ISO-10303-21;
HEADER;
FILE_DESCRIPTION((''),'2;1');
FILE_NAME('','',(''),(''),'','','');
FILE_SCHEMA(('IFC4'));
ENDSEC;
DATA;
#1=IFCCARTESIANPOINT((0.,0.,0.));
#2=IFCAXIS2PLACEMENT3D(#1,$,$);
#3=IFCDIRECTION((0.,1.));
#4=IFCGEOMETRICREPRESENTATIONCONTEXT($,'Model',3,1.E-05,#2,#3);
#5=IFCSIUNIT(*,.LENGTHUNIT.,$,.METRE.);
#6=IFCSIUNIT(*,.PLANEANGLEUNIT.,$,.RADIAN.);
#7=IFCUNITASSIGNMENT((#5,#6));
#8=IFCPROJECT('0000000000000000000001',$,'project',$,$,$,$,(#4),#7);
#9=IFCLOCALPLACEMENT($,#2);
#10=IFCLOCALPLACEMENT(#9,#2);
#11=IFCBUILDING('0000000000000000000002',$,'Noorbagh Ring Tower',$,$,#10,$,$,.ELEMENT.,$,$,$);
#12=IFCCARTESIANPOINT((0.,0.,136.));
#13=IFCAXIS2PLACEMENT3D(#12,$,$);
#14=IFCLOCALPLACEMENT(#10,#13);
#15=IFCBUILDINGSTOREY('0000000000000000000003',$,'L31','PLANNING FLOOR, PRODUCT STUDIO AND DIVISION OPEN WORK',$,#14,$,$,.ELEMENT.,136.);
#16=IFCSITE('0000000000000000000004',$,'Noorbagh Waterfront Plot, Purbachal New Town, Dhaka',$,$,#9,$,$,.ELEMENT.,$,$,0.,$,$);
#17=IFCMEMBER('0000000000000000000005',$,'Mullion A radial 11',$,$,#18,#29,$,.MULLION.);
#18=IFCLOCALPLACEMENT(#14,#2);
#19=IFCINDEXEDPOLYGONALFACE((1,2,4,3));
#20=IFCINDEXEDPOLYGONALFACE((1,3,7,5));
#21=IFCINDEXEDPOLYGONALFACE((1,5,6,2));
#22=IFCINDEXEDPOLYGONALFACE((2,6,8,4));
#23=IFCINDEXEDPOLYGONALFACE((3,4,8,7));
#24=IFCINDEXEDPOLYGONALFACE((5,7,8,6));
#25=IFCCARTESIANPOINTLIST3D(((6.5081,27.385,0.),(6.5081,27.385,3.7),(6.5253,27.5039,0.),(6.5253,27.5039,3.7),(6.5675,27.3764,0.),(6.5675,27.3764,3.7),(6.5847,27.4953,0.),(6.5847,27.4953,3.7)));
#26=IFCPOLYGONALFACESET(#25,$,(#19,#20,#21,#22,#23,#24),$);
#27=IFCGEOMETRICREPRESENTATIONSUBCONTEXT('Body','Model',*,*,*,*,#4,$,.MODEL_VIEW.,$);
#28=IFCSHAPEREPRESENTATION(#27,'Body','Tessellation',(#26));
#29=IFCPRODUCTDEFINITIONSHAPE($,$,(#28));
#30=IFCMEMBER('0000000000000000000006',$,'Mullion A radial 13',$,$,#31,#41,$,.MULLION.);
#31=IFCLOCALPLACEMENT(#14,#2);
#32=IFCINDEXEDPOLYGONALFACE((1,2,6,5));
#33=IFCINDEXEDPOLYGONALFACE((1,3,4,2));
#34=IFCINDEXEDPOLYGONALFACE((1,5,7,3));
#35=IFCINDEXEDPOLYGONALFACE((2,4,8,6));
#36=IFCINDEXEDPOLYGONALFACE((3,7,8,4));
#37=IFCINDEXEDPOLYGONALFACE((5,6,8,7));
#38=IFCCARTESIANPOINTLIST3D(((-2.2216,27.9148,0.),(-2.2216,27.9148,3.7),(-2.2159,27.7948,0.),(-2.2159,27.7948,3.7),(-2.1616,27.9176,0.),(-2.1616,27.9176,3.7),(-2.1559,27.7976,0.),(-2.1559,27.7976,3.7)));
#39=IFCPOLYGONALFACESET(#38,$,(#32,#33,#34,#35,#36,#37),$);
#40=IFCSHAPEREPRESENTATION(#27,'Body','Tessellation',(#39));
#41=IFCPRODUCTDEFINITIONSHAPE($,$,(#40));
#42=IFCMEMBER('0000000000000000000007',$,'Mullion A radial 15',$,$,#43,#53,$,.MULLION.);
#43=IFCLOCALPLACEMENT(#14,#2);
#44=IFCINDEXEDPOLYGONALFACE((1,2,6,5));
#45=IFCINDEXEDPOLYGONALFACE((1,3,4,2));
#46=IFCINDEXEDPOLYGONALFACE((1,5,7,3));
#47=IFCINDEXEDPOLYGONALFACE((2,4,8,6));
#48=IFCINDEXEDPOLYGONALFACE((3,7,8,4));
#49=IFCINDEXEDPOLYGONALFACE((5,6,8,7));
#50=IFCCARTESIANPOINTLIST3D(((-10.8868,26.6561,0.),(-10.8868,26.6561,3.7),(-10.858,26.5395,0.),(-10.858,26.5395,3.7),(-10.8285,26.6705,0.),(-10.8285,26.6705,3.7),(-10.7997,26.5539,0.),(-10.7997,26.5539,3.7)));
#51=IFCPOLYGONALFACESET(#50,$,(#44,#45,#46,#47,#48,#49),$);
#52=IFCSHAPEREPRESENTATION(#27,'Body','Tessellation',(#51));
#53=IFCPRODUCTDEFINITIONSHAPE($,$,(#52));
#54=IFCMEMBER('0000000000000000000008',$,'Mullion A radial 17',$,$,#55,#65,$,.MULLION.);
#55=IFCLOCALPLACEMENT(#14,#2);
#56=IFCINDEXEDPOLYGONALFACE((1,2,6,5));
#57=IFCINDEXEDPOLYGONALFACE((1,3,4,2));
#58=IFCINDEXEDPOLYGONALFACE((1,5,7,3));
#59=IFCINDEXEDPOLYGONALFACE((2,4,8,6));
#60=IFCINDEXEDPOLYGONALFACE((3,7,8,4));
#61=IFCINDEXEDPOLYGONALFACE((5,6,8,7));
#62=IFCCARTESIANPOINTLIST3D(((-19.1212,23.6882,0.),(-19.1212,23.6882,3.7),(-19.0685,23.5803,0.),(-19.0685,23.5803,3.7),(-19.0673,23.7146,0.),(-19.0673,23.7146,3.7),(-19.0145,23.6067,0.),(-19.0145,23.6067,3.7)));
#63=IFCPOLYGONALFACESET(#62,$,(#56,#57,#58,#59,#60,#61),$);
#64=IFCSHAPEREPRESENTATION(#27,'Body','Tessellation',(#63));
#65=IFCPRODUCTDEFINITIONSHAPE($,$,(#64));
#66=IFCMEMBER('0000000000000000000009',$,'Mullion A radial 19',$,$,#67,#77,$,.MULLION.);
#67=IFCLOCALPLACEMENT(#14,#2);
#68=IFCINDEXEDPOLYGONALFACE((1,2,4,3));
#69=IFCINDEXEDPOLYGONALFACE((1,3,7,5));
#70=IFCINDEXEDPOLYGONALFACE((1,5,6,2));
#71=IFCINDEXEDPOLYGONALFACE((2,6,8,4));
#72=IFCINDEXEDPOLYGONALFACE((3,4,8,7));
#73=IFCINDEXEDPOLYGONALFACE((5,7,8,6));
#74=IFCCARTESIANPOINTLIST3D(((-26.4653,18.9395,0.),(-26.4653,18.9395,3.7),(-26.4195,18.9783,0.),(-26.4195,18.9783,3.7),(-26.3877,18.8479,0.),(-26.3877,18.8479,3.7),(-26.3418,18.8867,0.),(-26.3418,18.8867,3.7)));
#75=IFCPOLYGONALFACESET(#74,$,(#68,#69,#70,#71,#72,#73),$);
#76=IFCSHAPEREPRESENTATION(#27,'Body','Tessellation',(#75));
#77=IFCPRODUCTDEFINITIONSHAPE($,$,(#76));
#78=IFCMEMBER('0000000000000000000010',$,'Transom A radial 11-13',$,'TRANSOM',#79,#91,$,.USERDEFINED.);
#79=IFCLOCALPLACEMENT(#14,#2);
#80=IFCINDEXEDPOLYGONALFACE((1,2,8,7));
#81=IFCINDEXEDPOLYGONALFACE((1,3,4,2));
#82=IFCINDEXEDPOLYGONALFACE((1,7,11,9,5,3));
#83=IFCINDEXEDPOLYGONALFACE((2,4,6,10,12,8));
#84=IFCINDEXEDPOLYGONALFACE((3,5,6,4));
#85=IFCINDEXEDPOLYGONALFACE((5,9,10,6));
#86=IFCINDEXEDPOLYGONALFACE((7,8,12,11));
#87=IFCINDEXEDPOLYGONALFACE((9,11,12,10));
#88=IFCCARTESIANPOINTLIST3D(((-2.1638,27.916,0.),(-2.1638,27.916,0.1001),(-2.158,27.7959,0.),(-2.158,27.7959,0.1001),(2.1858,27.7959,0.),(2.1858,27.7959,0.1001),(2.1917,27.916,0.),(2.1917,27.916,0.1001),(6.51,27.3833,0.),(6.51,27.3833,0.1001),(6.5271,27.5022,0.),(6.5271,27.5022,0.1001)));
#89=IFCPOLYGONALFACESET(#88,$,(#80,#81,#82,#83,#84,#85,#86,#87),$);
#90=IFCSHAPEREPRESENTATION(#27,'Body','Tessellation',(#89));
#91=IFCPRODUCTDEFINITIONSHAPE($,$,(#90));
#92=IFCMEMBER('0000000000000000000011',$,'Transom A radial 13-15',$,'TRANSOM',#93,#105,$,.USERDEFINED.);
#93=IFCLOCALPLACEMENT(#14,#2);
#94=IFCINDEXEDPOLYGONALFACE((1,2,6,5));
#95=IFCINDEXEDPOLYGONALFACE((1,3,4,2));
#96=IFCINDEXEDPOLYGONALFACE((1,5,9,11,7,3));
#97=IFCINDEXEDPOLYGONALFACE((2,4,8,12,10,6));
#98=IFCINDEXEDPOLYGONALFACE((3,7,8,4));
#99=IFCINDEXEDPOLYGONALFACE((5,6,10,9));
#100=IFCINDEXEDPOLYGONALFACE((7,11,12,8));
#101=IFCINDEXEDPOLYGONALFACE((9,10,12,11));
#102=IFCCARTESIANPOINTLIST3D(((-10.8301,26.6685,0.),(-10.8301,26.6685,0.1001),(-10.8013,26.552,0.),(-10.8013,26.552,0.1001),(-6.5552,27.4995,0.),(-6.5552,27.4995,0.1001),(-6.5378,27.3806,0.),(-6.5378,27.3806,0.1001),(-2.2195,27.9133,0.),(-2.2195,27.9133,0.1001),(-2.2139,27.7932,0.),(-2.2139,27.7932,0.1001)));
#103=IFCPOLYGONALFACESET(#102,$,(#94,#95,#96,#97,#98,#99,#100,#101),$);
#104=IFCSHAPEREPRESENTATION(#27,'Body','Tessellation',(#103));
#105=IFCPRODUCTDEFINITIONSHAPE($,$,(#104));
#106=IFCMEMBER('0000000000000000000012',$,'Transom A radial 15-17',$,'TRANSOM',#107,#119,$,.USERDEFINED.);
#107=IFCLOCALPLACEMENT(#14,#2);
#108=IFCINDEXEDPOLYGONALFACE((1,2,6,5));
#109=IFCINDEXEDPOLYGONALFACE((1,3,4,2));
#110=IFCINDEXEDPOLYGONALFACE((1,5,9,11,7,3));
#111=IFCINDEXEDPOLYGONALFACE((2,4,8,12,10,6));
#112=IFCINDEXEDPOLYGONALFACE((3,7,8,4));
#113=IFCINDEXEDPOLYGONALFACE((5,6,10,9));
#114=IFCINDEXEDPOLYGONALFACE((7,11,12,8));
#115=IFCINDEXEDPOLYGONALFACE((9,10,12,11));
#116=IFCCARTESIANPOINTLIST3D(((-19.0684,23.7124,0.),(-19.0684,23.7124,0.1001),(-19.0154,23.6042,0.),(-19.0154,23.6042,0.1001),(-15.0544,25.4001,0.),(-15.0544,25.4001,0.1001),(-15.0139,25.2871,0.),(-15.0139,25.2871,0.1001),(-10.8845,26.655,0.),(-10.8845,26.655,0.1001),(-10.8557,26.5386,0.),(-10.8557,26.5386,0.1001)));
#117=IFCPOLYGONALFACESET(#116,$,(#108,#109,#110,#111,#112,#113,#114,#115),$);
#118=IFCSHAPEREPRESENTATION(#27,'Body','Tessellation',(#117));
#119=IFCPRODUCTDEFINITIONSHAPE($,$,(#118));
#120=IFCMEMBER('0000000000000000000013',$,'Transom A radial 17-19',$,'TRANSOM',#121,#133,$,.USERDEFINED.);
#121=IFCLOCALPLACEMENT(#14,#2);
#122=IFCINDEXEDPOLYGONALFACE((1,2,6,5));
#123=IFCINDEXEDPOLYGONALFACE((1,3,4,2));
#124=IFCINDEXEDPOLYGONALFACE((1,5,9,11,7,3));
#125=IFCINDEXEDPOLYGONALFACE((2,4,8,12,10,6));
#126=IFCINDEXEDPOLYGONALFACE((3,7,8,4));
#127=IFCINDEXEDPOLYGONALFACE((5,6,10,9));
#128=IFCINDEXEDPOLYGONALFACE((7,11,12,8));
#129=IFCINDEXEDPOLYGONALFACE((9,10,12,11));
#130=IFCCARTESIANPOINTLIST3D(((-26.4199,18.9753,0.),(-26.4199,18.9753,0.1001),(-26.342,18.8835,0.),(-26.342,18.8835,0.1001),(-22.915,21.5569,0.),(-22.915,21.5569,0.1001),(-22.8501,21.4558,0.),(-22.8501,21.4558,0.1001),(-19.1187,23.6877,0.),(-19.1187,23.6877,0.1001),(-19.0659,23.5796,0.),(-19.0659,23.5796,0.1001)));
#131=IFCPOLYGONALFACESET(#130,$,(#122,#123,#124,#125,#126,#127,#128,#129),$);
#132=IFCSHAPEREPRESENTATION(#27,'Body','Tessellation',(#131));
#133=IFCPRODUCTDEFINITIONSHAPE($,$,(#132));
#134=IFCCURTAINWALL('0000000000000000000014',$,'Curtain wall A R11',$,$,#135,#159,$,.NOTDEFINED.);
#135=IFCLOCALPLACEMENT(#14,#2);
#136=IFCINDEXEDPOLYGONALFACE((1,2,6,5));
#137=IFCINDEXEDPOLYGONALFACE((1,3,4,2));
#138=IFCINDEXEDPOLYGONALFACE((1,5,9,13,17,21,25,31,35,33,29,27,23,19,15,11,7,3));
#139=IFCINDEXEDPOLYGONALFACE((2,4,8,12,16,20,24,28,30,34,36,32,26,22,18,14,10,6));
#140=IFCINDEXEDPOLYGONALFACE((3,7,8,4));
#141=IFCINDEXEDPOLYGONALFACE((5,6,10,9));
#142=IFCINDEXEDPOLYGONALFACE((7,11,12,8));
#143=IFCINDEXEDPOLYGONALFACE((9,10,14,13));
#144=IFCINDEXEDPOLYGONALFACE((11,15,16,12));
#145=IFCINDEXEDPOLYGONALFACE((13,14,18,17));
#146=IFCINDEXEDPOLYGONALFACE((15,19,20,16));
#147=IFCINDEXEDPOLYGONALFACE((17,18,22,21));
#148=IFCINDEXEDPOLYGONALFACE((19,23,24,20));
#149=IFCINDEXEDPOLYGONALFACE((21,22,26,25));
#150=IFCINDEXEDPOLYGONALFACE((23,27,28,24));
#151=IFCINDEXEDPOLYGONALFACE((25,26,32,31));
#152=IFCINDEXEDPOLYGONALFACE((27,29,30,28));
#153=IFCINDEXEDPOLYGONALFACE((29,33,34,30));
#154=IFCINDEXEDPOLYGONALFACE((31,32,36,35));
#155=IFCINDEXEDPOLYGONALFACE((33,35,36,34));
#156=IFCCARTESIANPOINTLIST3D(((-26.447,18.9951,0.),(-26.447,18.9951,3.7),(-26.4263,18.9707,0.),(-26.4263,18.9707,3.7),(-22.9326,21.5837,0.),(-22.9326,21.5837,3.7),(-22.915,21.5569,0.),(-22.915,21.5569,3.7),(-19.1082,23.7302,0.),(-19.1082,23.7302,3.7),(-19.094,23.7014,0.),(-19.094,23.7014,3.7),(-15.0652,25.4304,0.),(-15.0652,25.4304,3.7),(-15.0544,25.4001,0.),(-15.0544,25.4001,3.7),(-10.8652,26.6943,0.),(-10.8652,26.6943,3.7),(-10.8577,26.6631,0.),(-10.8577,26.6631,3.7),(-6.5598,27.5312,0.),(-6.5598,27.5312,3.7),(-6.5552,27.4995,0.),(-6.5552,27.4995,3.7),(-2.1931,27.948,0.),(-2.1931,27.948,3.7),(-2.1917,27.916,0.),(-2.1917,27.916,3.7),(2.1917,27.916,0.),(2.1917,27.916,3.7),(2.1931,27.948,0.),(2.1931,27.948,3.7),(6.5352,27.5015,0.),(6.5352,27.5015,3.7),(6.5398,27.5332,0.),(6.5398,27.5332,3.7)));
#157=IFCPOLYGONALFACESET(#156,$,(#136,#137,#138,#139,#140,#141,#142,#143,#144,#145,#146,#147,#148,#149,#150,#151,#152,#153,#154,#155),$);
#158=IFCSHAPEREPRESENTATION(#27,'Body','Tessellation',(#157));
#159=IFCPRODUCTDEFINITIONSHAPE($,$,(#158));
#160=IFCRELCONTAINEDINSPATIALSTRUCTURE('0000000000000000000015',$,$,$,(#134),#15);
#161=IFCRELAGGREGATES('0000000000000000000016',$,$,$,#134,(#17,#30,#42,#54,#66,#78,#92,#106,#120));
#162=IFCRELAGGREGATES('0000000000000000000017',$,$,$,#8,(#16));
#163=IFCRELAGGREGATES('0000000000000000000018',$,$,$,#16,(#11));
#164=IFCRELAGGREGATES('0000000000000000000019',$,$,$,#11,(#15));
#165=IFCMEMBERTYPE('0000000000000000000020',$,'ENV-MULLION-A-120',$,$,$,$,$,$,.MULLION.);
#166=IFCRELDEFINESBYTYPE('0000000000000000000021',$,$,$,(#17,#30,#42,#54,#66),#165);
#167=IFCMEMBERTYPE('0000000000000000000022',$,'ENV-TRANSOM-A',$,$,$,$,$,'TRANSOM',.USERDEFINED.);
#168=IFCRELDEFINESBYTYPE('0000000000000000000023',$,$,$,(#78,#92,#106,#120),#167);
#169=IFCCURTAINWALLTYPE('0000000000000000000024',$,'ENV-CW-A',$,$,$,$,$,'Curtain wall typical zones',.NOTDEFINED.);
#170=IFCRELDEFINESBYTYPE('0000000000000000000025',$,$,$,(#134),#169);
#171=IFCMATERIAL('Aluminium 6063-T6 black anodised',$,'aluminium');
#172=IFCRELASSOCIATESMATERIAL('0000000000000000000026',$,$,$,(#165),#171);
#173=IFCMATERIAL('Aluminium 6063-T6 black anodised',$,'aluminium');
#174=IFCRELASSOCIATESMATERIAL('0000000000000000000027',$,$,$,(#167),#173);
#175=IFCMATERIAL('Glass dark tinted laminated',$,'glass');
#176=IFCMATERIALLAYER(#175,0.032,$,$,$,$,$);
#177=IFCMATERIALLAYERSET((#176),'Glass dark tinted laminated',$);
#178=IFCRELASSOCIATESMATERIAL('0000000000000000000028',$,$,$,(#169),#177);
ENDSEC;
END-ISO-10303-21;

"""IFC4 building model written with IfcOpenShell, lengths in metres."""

from ifc_helpers import new_model, si_unit, direction, frame, origin, origin_2d, place, context, subcontext, project, spatial, polyline, rectangle, outline, extrude, material, layer, layer_set, material_profile, profile_set, type_object, element, aggregate, save


model = new_model("IFC4")

# Units and contexts
model_context = context("Model", 3, precision=1e-05, world=origin(), true_north=direction((0.0, 1.0)))
body_context = subcontext(model_context, "Body", "Model", "MODEL_VIEW")
ifc_project = project(units=[si_unit("LENGTHUNIT", "METRE"), si_unit("PLANEANGLEUNIT", "RADIAN")], contexts=[model_context])

# Members
ifc_material_1 = material(Name="Aluminium 6063-T6 black anodised", Category="aluminium")
ifc_material_profile = material_profile(ifc_material_1, rectangle(XDim=0.1201, YDim=0.0601, at=origin_2d()), Name="120x60")
ifc_profile_set = profile_set([ifc_material_profile], Name="Aluminium 6063-T6 black anodised")
member_type_1 = type_object("IfcMemberType", Name="ENV-MULLION-A-120", PredefinedType="MULLION", material=ifc_profile_set)
site_placement = place(None, origin())
building_placement = place(site_placement, origin())
storey_placement = place(building_placement, frame((0.0, 0.0, 136.0)))
member_1_placement = place(storey_placement, frame((6.5464, 27.4402, 0.0), z_axis=(0.0, 0.0, 1.0), x_axis=(-0.143082, -0.989711, 0.0)))
member_1 = element("IfcMember", 1, at=member_1_placement, type_object=member_type_1, Name="Mullion A radial 11", PredefinedType="MULLION", context=body_context, shape_type="SweptSolid", body=[
    extrude(rectangle(XDim=0.1201, YDim=0.0601, at=origin_2d()), origin(), (0.0, 0.0, 1.0), 3.7),
])
member_2_placement = place(storey_placement, frame((-2.1887, 27.8562, 0.0), z_axis=(0.0, 0.0, 1.0), x_axis=(0.047558, -0.998868, 0.0)))
member_2 = element("IfcMember", 2, at=member_2_placement, type_object=member_type_1, Name="Mullion A radial 13", PredefinedType="MULLION", context=body_context, shape_type="SweptSolid", body=[
    extrude(rectangle(XDim=0.1201, YDim=0.0601, at=origin_2d()), origin(), (0.0, 0.0, 1.0), 3.7),
])
member_3_placement = place(storey_placement, frame((-10.8433, 26.605, 0.0), z_axis=(0.0, 0.0, 1.0), x_axis=(0.239799, -0.970823, 0.0)))
member_3 = element("IfcMember", 3, at=member_3_placement, type_object=member_type_1, Name="Mullion A radial 15", PredefinedType="MULLION", context=body_context, shape_type="SweptSolid", body=[
    extrude(rectangle(XDim=0.1201, YDim=0.0601, at=origin_2d()), origin(), (0.0, 0.0, 1.0), 3.7),
])
member_4_placement = place(storey_placement, frame((-19.0679, 23.6475, 0.0), z_axis=(0.0, 0.0, 1.0), x_axis=(0.439238, -0.898371, 0.0)))
member_4 = element("IfcMember", 4, at=member_4_placement, type_object=member_type_1, Name="Mullion A radial 17", PredefinedType="MULLION", context=body_context, shape_type="SweptSolid", body=[
    extrude(rectangle(XDim=0.1201, YDim=0.0601, at=origin_2d()), origin(), (0.0, 0.0, 1.0), 3.7),
])
member_5_placement = place(storey_placement, frame((-26.4036, 18.9131, 0.0), z_axis=(0.0, 0.0, 1.0), x_axis=(0.646451, -0.762955, 0.0)))
member_5 = element("IfcMember", 5, at=member_5_placement, type_object=member_type_1, Name="Mullion A radial 19", PredefinedType="MULLION", context=body_context, shape_type="SweptSolid", body=[
    extrude(rectangle(XDim=0.1201, YDim=0.0601, at=origin_2d()), origin(), (0.0, 0.0, 1.0), 3.7),
])
ifc_material_2 = material(Name="Aluminium 6063-T6 black anodised", Category="aluminium")
member_type_2 = type_object("IfcMemberType", Name="ENV-TRANSOM-A", ElementType="TRANSOM", PredefinedType="USERDEFINED", material=ifc_material_2)
member_6_placement = place(storey_placement, origin())
member_6 = element("IfcMember", 6, at=member_6_placement, type_object=member_type_2, Name="Transom A radial 11-13", ObjectType="TRANSOM", PredefinedType="USERDEFINED", context=body_context, shape_type="SweptSolid", body=[
    extrude(outline(polyline([(6.5271, 27.5022), (2.1917, 27.916), (-2.1638, 27.916), (-2.158, 27.7959), (2.1858, 27.7959), (6.51, 27.3833), (6.5271, 27.5022)])), origin(), (0.0, 0.0, 1.0), 0.1001),
])
member_7_placement = place(storey_placement, origin())
member_7 = element("IfcMember", 7, at=member_7_placement, type_object=member_type_2, Name="Transom A radial 13-15", ObjectType="TRANSOM", PredefinedType="USERDEFINED", context=body_context, shape_type="SweptSolid", body=[
    extrude(outline(polyline([(-2.2195, 27.9133), (-6.5552, 27.4995), (-10.8301, 26.6685), (-10.8013, 26.552), (-6.5378, 27.3806), (-2.2139, 27.7932), (-2.2195, 27.9133)])), origin(), (0.0, 0.0, 1.0), 0.1001),
])
member_8_placement = place(storey_placement, origin())
member_8 = element("IfcMember", 8, at=member_8_placement, type_object=member_type_2, Name="Transom A radial 15-17", ObjectType="TRANSOM", PredefinedType="USERDEFINED", context=body_context, shape_type="SweptSolid", body=[
    extrude(outline(polyline([(-10.8845, 26.655), (-15.0544, 25.4001), (-19.0684, 23.7124), (-19.0154, 23.6042), (-15.0139, 25.2871), (-10.8557, 26.5386), (-10.8845, 26.655)])), origin(), (0.0, 0.0, 1.0), 0.1001),
])
member_9_placement = place(storey_placement, origin())
member_9 = element("IfcMember", 9, at=member_9_placement, type_object=member_type_2, Name="Transom A radial 17-19", ObjectType="TRANSOM", PredefinedType="USERDEFINED", context=body_context, shape_type="SweptSolid", body=[
    extrude(outline(polyline([(-19.1187, 23.6877), (-22.915, 21.5569), (-26.4199, 18.9753), (-26.342, 18.8835), (-22.8501, 21.4558), (-19.0659, 23.5796), (-19.1187, 23.6877)])), origin(), (0.0, 0.0, 1.0), 0.1001),
])

# Site, building, storey
site = spatial("IfcSite", under=ifc_project, at=site_placement, Name="Noorbagh Waterfront Plot, Purbachal New Town, Dhaka", CompositionType="ELEMENT", RefElevation=0.0)
building = spatial("IfcBuilding", under=site, at=building_placement, Name="Noorbagh Ring Tower", CompositionType="ELEMENT")
storey = spatial("IfcBuildingStorey", under=building, at=storey_placement, Name="L31", Description="PLANNING FLOOR, PRODUCT STUDIO AND DIVISION OPEN WORK", CompositionType="ELEMENT", Elevation=136.0)

# Curtain wall
ifc_material_3 = material(Name="Glass dark tinted laminated", Category="glass")
ifc_layer_1 = layer(ifc_material_3, 0.032)
ifc_layer_set_1 = layer_set([ifc_layer_1], Name="Glass dark tinted laminated")
curtain_wall_type = type_object("IfcCurtainWallType", Name="ENV-CW-A", ElementType="Curtain wall typical zones", PredefinedType="NOTDEFINED", material=ifc_layer_set_1)
curtain_wall_1_placement = place(storey_placement, origin())
curtain_wall_1 = element("IfcCurtainWall", 10, at=curtain_wall_1_placement, inside=storey, type_object=curtain_wall_type, Name="Curtain wall A R11", PredefinedType="NOTDEFINED", context=body_context, shape_type="SweptSolid", body=[
    extrude(outline(polyline([(6.5398, 27.5332), (2.1931, 27.948), (-2.1931, 27.948), (-6.5598, 27.5312), (-10.8652, 26.6943), (-15.0652, 25.4304), (-19.1082, 23.7302), (-22.9326, 21.5837), (-26.447, 18.9951), (-26.4263, 18.9707), (-22.915, 21.5569), (-19.094, 23.7014), (-15.0544, 25.4001), (-10.8577, 26.6631), (-6.5552, 27.4995), (-2.1917, 27.916), (2.1917, 27.916), (6.5352, 27.5015), (6.5398, 27.5332)])), origin(), (0.0, 0.0, 1.0), 3.7),
])
aggregate(curtain_wall_1, [member_1, member_2, member_3, member_4, member_5, member_6, member_7, member_8, member_9])

save(model, "model.ifc")
